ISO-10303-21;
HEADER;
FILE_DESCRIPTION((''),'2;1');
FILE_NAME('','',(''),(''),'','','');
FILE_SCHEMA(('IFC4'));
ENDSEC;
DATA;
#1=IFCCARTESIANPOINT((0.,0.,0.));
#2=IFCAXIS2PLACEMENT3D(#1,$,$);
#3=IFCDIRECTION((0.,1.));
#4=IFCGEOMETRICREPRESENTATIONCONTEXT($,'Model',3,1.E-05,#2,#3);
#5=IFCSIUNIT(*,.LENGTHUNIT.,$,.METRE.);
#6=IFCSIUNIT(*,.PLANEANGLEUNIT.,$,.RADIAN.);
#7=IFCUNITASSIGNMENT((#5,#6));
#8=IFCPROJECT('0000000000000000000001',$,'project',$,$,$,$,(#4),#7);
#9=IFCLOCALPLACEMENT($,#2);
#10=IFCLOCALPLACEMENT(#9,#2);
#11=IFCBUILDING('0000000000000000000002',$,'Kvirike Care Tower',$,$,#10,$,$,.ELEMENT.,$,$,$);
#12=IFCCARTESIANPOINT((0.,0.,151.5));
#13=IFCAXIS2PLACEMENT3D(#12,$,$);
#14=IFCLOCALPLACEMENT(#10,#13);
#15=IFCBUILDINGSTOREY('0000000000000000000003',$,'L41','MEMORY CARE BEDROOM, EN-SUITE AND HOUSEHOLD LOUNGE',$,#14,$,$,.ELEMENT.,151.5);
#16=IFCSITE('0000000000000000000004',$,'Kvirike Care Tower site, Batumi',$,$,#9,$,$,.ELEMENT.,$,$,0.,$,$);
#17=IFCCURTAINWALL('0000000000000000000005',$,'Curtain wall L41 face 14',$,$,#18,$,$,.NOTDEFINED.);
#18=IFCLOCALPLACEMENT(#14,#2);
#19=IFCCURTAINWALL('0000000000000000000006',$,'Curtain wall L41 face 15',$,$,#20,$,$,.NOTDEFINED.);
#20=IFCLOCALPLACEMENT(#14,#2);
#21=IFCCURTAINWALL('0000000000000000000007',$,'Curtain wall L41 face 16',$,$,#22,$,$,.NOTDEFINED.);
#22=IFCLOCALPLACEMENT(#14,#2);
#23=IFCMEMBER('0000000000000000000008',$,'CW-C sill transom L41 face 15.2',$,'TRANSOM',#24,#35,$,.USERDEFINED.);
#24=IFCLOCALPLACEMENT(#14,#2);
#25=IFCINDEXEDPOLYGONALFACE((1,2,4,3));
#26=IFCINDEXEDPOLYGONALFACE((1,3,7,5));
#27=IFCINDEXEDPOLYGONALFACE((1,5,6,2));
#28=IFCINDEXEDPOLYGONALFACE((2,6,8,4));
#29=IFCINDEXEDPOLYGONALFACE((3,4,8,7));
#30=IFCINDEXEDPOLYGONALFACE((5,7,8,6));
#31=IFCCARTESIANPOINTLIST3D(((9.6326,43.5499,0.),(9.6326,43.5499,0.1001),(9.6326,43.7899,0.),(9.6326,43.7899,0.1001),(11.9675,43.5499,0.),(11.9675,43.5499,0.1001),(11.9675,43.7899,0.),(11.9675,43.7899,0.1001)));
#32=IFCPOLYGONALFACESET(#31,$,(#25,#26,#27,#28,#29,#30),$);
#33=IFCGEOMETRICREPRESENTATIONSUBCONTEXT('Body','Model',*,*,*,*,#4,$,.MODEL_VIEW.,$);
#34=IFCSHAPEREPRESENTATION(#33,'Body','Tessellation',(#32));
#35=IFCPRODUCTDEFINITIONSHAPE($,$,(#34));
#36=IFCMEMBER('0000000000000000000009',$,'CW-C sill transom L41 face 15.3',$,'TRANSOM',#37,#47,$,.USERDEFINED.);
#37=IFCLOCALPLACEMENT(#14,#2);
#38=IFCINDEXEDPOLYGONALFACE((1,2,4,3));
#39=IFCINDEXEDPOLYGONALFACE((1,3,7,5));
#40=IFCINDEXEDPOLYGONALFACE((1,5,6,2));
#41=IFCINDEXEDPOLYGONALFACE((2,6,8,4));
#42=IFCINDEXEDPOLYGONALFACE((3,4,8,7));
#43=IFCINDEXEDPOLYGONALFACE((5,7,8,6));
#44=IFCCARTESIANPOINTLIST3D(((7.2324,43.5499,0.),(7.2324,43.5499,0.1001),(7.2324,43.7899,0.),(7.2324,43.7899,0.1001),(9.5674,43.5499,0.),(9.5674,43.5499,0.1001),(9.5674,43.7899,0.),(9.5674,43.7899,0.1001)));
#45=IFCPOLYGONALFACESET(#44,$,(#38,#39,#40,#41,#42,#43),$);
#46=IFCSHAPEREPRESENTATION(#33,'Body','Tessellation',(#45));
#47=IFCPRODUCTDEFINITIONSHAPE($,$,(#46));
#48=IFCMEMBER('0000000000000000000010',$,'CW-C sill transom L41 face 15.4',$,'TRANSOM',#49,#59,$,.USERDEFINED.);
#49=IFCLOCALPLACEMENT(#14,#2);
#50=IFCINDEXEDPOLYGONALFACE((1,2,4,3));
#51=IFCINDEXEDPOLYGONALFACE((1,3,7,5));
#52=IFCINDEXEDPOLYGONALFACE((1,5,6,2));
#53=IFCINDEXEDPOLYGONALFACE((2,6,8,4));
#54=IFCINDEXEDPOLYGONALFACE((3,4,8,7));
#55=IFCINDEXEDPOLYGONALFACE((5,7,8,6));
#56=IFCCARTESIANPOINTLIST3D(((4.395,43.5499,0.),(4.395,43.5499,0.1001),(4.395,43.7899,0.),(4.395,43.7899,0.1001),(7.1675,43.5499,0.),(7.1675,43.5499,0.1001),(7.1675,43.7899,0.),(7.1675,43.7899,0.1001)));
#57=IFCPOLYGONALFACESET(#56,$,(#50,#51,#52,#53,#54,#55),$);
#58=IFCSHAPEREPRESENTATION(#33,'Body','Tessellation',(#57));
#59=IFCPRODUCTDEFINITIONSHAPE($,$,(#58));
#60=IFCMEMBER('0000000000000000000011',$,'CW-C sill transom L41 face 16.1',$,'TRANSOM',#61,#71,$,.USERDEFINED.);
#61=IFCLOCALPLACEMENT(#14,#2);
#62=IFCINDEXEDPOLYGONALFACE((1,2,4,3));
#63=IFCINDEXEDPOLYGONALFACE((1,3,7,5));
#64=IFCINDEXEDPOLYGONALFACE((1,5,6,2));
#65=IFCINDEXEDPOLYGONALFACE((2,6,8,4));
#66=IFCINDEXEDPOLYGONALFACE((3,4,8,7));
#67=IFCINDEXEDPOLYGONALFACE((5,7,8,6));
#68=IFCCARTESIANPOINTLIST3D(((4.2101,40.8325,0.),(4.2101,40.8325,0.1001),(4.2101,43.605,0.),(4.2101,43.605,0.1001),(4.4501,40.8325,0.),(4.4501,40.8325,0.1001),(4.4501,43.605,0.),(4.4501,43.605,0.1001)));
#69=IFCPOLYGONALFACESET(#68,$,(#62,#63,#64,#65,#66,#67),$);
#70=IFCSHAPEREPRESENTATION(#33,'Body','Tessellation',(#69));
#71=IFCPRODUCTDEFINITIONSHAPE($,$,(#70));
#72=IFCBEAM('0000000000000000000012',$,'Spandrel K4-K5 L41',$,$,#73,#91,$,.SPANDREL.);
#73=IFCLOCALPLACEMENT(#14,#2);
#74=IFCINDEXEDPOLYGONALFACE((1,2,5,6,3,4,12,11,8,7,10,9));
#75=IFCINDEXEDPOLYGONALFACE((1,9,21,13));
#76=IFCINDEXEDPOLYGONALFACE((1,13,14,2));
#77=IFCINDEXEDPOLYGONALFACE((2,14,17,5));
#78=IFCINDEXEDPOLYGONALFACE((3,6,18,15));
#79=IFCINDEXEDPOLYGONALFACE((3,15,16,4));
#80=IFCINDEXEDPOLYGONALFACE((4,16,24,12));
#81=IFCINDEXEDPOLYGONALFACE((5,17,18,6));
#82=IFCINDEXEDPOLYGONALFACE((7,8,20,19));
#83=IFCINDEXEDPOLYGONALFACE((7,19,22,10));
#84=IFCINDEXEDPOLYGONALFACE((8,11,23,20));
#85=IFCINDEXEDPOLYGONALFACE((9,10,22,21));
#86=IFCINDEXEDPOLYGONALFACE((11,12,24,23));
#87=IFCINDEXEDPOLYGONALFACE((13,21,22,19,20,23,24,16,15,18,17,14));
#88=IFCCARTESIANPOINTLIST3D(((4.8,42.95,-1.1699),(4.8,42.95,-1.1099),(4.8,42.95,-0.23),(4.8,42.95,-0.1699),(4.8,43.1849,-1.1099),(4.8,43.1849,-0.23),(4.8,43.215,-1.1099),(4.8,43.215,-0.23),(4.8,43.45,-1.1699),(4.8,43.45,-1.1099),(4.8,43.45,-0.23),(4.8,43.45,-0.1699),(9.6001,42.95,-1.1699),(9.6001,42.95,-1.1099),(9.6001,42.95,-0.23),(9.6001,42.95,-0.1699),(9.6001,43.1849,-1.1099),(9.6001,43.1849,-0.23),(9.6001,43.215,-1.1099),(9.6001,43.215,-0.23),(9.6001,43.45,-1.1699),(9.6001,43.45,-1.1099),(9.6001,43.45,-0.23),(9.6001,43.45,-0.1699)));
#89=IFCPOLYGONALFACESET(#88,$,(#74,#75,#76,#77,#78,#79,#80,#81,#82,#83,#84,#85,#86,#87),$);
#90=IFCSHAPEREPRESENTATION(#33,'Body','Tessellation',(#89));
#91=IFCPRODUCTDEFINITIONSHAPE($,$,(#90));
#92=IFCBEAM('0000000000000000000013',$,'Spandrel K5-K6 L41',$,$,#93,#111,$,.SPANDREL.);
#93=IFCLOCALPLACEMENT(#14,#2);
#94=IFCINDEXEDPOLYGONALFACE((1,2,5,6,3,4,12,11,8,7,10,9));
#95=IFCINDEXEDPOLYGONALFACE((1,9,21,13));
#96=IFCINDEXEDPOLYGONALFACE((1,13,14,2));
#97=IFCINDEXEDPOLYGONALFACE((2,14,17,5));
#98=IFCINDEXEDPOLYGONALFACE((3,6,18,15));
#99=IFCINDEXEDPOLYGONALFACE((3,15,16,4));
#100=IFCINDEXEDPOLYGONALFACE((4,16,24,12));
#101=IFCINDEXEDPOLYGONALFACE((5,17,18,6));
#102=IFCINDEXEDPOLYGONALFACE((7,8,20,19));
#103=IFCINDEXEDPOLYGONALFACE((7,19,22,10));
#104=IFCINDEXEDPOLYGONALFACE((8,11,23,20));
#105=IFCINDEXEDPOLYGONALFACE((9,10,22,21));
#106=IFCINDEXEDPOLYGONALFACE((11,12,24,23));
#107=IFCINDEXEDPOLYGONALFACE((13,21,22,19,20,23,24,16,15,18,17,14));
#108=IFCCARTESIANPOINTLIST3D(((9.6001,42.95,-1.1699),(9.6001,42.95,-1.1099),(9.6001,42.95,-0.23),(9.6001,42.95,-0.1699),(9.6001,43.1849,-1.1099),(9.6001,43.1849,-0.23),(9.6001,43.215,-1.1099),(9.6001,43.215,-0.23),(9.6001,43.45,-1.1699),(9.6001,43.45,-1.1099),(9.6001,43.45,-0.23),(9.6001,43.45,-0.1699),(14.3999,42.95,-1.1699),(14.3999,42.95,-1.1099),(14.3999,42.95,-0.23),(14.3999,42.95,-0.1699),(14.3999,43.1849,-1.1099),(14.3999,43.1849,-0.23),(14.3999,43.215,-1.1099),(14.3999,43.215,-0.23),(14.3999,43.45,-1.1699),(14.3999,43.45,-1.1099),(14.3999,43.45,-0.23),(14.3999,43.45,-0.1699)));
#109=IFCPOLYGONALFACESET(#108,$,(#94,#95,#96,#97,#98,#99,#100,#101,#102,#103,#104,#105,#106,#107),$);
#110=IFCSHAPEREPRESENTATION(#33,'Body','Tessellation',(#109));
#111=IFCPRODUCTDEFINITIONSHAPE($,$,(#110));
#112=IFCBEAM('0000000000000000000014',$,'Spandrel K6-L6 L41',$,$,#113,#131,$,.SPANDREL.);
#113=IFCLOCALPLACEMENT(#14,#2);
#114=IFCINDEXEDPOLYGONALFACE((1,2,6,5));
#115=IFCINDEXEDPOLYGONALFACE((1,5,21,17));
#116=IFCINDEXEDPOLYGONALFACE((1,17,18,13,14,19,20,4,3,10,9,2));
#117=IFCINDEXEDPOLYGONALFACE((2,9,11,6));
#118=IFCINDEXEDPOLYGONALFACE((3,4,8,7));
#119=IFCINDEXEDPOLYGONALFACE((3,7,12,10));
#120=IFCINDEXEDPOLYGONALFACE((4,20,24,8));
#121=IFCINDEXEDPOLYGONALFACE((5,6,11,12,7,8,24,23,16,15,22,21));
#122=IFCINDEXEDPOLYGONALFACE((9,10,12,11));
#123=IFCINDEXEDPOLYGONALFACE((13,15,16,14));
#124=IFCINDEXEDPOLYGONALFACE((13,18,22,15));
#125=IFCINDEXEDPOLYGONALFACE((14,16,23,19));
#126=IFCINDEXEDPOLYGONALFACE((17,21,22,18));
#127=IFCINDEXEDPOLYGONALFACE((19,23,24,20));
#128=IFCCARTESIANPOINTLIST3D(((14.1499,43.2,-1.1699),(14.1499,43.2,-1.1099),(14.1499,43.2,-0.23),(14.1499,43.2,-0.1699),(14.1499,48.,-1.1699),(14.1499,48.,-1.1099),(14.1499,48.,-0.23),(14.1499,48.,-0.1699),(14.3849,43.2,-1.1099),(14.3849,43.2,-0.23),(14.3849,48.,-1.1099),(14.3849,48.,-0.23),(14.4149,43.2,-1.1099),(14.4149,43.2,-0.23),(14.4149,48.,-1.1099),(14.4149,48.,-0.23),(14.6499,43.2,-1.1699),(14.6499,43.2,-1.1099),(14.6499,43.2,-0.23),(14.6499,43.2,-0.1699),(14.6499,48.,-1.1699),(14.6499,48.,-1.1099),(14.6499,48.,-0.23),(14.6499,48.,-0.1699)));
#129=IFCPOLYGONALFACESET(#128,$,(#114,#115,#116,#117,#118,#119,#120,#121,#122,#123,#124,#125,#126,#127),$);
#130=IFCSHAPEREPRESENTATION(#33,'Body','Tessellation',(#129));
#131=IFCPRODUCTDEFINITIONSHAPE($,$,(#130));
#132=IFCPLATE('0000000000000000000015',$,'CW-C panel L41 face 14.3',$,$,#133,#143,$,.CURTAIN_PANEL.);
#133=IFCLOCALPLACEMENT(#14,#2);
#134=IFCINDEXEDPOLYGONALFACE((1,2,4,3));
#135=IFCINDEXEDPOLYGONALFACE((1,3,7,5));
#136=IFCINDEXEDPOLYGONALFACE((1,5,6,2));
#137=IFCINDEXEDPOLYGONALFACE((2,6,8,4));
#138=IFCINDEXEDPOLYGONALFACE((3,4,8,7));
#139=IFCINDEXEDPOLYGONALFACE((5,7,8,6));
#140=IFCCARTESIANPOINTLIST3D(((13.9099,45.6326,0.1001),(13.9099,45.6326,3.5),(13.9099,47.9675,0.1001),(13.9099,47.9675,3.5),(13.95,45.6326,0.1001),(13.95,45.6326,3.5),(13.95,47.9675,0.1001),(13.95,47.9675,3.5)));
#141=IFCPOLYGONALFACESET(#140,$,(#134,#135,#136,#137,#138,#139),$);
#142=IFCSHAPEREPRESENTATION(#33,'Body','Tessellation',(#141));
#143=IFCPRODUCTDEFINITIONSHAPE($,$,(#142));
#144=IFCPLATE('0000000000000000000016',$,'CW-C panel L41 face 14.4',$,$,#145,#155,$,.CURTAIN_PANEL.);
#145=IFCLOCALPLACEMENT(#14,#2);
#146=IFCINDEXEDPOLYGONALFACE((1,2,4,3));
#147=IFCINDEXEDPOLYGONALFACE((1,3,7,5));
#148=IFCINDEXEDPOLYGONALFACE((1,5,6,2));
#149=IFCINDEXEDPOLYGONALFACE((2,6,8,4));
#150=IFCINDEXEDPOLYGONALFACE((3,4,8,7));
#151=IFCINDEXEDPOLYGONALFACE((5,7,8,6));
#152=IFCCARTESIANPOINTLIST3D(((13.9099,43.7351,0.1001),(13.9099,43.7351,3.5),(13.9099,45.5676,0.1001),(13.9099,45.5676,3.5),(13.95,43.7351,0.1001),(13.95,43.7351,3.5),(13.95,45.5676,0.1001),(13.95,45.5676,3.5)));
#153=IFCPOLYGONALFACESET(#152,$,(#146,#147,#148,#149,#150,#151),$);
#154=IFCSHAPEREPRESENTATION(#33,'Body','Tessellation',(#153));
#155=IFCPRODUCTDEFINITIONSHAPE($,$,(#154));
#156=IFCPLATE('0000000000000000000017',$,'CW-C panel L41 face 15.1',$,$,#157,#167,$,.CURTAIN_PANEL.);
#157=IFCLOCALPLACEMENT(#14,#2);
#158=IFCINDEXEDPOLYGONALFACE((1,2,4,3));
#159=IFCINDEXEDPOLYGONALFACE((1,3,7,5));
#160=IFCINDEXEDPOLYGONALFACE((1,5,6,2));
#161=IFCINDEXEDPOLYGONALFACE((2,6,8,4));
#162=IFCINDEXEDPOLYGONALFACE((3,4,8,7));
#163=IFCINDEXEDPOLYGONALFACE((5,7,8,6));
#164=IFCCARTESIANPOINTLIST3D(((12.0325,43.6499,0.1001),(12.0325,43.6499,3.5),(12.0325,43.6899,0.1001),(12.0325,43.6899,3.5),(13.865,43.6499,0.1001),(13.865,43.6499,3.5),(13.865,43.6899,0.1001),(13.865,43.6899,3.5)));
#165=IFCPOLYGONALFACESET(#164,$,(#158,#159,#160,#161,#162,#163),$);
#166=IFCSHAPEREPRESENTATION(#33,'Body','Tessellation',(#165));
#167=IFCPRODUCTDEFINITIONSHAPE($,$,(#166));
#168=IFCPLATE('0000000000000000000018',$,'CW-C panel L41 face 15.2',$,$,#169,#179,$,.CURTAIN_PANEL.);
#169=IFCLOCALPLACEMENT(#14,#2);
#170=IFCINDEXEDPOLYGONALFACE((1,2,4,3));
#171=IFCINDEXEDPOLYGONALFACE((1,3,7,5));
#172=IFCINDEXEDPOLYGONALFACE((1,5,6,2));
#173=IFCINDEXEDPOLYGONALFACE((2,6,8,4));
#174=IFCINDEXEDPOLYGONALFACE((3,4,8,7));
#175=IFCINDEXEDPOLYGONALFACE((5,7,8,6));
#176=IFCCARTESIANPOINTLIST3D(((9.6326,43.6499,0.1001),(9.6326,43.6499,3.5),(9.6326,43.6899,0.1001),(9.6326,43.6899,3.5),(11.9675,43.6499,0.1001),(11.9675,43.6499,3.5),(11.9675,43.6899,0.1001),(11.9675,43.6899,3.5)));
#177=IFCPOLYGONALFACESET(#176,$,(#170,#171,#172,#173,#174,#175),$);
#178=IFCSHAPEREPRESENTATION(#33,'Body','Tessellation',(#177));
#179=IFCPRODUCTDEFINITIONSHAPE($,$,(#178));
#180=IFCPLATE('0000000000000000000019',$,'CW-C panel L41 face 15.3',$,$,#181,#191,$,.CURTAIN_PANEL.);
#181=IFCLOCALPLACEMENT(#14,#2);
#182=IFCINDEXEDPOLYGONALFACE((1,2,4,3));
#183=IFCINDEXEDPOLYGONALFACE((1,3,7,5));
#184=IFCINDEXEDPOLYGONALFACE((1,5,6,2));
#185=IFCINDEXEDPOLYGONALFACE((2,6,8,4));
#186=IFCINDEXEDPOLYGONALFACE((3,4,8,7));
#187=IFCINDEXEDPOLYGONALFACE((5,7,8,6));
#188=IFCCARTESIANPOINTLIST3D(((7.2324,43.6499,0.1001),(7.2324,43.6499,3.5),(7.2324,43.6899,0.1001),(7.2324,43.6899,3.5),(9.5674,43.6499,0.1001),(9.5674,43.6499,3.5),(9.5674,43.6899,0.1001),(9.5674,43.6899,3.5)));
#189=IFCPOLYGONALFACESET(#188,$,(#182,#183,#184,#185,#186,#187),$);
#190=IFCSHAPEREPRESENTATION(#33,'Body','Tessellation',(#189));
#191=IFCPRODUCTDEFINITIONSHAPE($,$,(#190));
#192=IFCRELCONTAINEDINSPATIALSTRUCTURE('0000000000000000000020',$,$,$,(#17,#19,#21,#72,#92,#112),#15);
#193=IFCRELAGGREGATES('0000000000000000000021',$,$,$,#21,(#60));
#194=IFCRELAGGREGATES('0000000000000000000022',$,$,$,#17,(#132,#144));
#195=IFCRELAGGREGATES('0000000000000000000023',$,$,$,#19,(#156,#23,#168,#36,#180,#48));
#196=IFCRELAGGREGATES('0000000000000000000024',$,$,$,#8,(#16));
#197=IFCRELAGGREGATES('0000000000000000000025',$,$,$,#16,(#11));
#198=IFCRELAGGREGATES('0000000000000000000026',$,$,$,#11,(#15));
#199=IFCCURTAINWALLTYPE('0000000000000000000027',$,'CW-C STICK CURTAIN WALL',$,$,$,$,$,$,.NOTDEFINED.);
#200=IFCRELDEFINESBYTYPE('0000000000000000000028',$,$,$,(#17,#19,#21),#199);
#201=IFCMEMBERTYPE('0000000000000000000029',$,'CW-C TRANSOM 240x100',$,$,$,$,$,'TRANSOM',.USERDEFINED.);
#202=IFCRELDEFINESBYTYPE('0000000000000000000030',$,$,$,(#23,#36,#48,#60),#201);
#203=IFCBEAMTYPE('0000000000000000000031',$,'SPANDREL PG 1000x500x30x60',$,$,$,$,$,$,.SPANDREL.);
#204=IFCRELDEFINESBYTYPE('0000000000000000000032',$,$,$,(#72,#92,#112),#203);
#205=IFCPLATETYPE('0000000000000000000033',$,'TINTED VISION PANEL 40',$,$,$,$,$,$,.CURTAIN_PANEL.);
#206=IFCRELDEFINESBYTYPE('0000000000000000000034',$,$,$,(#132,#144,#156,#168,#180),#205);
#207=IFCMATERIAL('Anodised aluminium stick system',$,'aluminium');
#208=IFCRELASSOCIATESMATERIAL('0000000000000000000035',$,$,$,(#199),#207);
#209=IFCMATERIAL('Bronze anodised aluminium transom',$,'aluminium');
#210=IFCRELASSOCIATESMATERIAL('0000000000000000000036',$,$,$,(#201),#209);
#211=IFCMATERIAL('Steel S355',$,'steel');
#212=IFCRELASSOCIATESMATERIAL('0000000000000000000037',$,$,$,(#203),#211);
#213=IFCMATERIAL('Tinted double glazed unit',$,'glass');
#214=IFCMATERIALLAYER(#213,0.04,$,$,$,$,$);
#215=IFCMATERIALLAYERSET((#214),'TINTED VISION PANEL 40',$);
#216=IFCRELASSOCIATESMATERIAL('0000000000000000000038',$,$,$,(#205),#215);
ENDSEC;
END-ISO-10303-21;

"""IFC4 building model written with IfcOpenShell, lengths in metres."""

from ifc_helpers import new_model, si_unit, direction, frame, origin, origin_2d, place, context, subcontext, project, spatial, rectangle, i_section, extrude, material, layer, layer_set, material_profile, profile_set, type_object, element, aggregate, save


model = new_model("IFC4")

# Units and contexts
model_context = context("Model", 3, precision=1e-05, world=origin(), true_north=direction((0.0, 1.0)))
body_context = subcontext(model_context, "Body", "Model", "MODEL_VIEW")
ifc_project = project(units=[si_unit("LENGTHUNIT", "METRE"), si_unit("PLANEANGLEUNIT", "RADIAN")], contexts=[model_context])

# Site, building, storey
site_placement = place(None, origin())
site = spatial("IfcSite", under=ifc_project, at=site_placement, Name="Kvirike Care Tower site, Batumi", CompositionType="ELEMENT", RefElevation=0.0)
building_placement = place(site_placement, origin())
building = spatial("IfcBuilding", under=site, at=building_placement, Name="Kvirike Care Tower", CompositionType="ELEMENT")
storey_placement = place(building_placement, frame((0.0, 0.0, 151.5)))
storey = spatial("IfcBuildingStorey", under=building, at=storey_placement, Name="L41", Description="MEMORY CARE BEDROOM, EN-SUITE AND HOUSEHOLD LOUNGE", CompositionType="ELEMENT", Elevation=151.5)

# Curtain walls
ifc_material_1 = material(Name="Anodised aluminium stick system", Category="aluminium")
curtain_wall_type = type_object("IfcCurtainWallType", Name="CW-C STICK CURTAIN WALL", PredefinedType="NOTDEFINED", material=ifc_material_1)
curtain_wall_1_placement = place(storey_placement, origin())
curtain_wall_1 = element("IfcCurtainWall", 1, at=curtain_wall_1_placement, inside=storey, type_object=curtain_wall_type, Name="Curtain wall L41 face 14", PredefinedType="NOTDEFINED")
curtain_wall_2_placement = place(storey_placement, origin())
curtain_wall_2 = element("IfcCurtainWall", 2, at=curtain_wall_2_placement, inside=storey, type_object=curtain_wall_type, Name="Curtain wall L41 face 15", PredefinedType="NOTDEFINED")

# Curtain wall
curtain_wall_3_placement = place(storey_placement, origin())
curtain_wall_3 = element("IfcCurtainWall", 3, at=curtain_wall_3_placement, inside=storey, type_object=curtain_wall_type, Name="Curtain wall L41 face 16", PredefinedType="NOTDEFINED")

# Members
ifc_material_2 = material(Name="Bronze anodised aluminium transom", Category="aluminium")
ifc_material_profile_1 = material_profile(ifc_material_2, rectangle(XDim=0.24, YDim=0.1001, at=origin_2d()), Name="CW-C TRANSOM 240x100")
ifc_profile_set_1 = profile_set([ifc_material_profile_1], Name="Bronze anodised aluminium transom")
member_type_1 = type_object("IfcMemberType", Name="CW-C TRANSOM 240x100", ElementType="TRANSOM", PredefinedType="USERDEFINED", material=ifc_profile_set_1)
member_1_placement = place(storey_placement, frame((11.9675, 43.6699, 0.05), z_axis=(-1.0, 0.0, 0.0), x_axis=(0.0, -1.0, 0.0)))
member_1 = element("IfcMember", 4, at=member_1_placement, type_object=member_type_1, Name="CW-C sill transom L41 face 15.2", ObjectType="TRANSOM", PredefinedType="USERDEFINED", context=body_context, shape_type="SweptSolid", body=[
    extrude(rectangle(XDim=0.24, YDim=0.1001, at=origin_2d()), origin(), (0.0, 0.0, 1.0), 2.335),
])
member_2_placement = place(storey_placement, frame((9.5674, 43.6699, 0.05), z_axis=(-1.0, 0.0, 0.0), x_axis=(0.0, -1.0, 0.0)))
member_2 = element("IfcMember", 5, at=member_2_placement, type_object=member_type_1, Name="CW-C sill transom L41 face 15.3", ObjectType="TRANSOM", PredefinedType="USERDEFINED", context=body_context, shape_type="SweptSolid", body=[
    extrude(rectangle(XDim=0.24, YDim=0.1001, at=origin_2d()), origin(), (0.0, 0.0, 1.0), 2.335),
])
member_3_placement = place(storey_placement, frame((7.1675, 43.6699, 0.05), z_axis=(-1.0, 0.0, 0.0), x_axis=(0.0, -1.0, 0.0)))
member_3 = element("IfcMember", 6, at=member_3_placement, type_object=member_type_1, Name="CW-C sill transom L41 face 15.4", ObjectType="TRANSOM", PredefinedType="USERDEFINED", context=body_context, shape_type="SweptSolid", body=[
    extrude(rectangle(XDim=0.24, YDim=0.1001, at=origin_2d()), origin(), (0.0, 0.0, 1.0), 2.7725),
])
member_4_placement = place(storey_placement, frame((4.3301, 43.605, 0.05), z_axis=(0.0, -1.0, 0.0), x_axis=(1.0, 0.0, 0.0)))
member_4 = element("IfcMember", 7, at=member_4_placement, type_object=member_type_1, Name="CW-C sill transom L41 face 16.1", ObjectType="TRANSOM", PredefinedType="USERDEFINED", context=body_context, shape_type="SweptSolid", body=[
    extrude(rectangle(XDim=0.24, YDim=0.1001, at=origin_2d()), origin(), (0.0, 0.0, 1.0), 2.7725),
])
aggregate(curtain_wall_3, [member_4])

# Beams
ifc_material_3 = material(Name="Steel S355", Category="steel")
ifc_material_profile_2 = material_profile(ifc_material_3, i_section(OverallWidth=0.5, OverallDepth=1.0, WebThickness=0.03, FlangeThickness=0.0601, at=origin_2d()), Name="PG 1000x500x30x60")
ifc_profile_set_2 = profile_set([ifc_material_profile_2], Name="Steel S355")
beam_type = type_object("IfcBeamType", Name="SPANDREL PG 1000x500x30x60", PredefinedType="SPANDREL", material=ifc_profile_set_2)
beam_1_placement = place(storey_placement, frame((4.8, 43.2, -0.6699), z_axis=(1.0, 0.0, 0.0), x_axis=(0.0, 1.0, 0.0)))
element("IfcBeam", 8, at=beam_1_placement, inside=storey, type_object=beam_type, Name="Spandrel K4-K5 L41", PredefinedType="SPANDREL", context=body_context, shape_type="SweptSolid", body=[
    extrude(i_section(OverallWidth=0.5, OverallDepth=1.0, WebThickness=0.03, FlangeThickness=0.0601, at=origin_2d()), origin(), (0.0, 0.0, 1.0), 4.8),
])
beam_2_placement = place(storey_placement, frame((9.6001, 43.2, -0.6699), z_axis=(1.0, 0.0, 0.0), x_axis=(0.0, 1.0, 0.0)))
element("IfcBeam", 9, at=beam_2_placement, inside=storey, type_object=beam_type, Name="Spandrel K5-K6 L41", PredefinedType="SPANDREL", context=body_context, shape_type="SweptSolid", body=[
    extrude(i_section(OverallWidth=0.5, OverallDepth=1.0, WebThickness=0.03, FlangeThickness=0.0601, at=origin_2d()), origin(), (0.0, 0.0, 1.0), 4.7998),
])
beam_3_placement = place(storey_placement, frame((14.3999, 43.2, -0.6699), z_axis=(0.0, 1.0, 0.0), x_axis=(-1.0, 0.0, 0.0)))
element("IfcBeam", 10, at=beam_3_placement, inside=storey, type_object=beam_type, Name="Spandrel K6-L6 L41", PredefinedType="SPANDREL", context=body_context, shape_type="SweptSolid", body=[
    extrude(i_section(OverallWidth=0.5, OverallDepth=1.0, WebThickness=0.03, FlangeThickness=0.0601, at=origin_2d()), origin(), (0.0, 0.0, 1.0), 4.8),
])

# Plates
ifc_material_4 = material(Name="Tinted double glazed unit", Category="glass")
ifc_layer_1 = layer(ifc_material_4, 0.04)
ifc_layer_set_1 = layer_set([ifc_layer_1], Name="TINTED VISION PANEL 40")
plate_type = type_object("IfcPlateType", Name="TINTED VISION PANEL 40", PredefinedType="CURTAIN_PANEL", material=ifc_layer_set_1)
plate_1_placement = place(storey_placement, frame((13.9299, 46.8, 0.1001), z_axis=(0.0, 0.0, 1.0), x_axis=(0.0, -1.0, 0.0)))
plate_1 = element("IfcPlate", 11, at=plate_1_placement, type_object=plate_type, Name="CW-C panel L41 face 14.3", PredefinedType="CURTAIN_PANEL", context=body_context, shape_type="SweptSolid", body=[
    extrude(rectangle(XDim=2.335, YDim=0.04, at=origin_2d()), origin(), (0.0, 0.0, 1.0), 3.3999),
])
plate_2_placement = place(storey_placement, frame((13.9299, 44.6514, 0.1001), z_axis=(0.0, 0.0, 1.0), x_axis=(0.0, -1.0, 0.0)))
plate_2 = element("IfcPlate", 12, at=plate_2_placement, type_object=plate_type, Name="CW-C panel L41 face 14.4", PredefinedType="CURTAIN_PANEL", context=body_context, shape_type="SweptSolid", body=[
    extrude(rectangle(XDim=1.8325, YDim=0.04, at=origin_2d()), origin(), (0.0, 0.0, 1.0), 3.3999),
])
aggregate(curtain_wall_1, [plate_1, plate_2])
plate_3_placement = place(storey_placement, frame((12.9487, 43.6699, 0.1001), z_axis=(0.0, 0.0, 1.0), x_axis=(-1.0, 0.0, 0.0)))
plate_3 = element("IfcPlate", 13, at=plate_3_placement, type_object=plate_type, Name="CW-C panel L41 face 15.1", PredefinedType="CURTAIN_PANEL", context=body_context, shape_type="SweptSolid", body=[
    extrude(rectangle(XDim=1.8325, YDim=0.04, at=origin_2d()), origin(), (0.0, 0.0, 1.0), 3.3999),
])
plate_4_placement = place(storey_placement, frame((10.8, 43.6699, 0.1001), z_axis=(0.0, 0.0, 1.0), x_axis=(-1.0, 0.0, 0.0)))
plate_4 = element("IfcPlate", 14, at=plate_4_placement, type_object=plate_type, Name="CW-C panel L41 face 15.2", PredefinedType="CURTAIN_PANEL", context=body_context, shape_type="SweptSolid", body=[
    extrude(rectangle(XDim=2.335, YDim=0.04, at=origin_2d()), origin(), (0.0, 0.0, 1.0), 3.3999),
])
plate_5_placement = place(storey_placement, frame((8.3999, 43.6699, 0.1001), z_axis=(0.0, 0.0, 1.0), x_axis=(-1.0, 0.0, 0.0)))
plate_5 = element("IfcPlate", 15, at=plate_5_placement, type_object=plate_type, Name="CW-C panel L41 face 15.3", PredefinedType="CURTAIN_PANEL", context=body_context, shape_type="SweptSolid", body=[
    extrude(rectangle(XDim=2.335, YDim=0.04, at=origin_2d()), origin(), (0.0, 0.0, 1.0), 3.3999),
])
aggregate(curtain_wall_2, [plate_3, member_1, plate_4, member_2, plate_5, member_3])

save(model, "model.ifc")
